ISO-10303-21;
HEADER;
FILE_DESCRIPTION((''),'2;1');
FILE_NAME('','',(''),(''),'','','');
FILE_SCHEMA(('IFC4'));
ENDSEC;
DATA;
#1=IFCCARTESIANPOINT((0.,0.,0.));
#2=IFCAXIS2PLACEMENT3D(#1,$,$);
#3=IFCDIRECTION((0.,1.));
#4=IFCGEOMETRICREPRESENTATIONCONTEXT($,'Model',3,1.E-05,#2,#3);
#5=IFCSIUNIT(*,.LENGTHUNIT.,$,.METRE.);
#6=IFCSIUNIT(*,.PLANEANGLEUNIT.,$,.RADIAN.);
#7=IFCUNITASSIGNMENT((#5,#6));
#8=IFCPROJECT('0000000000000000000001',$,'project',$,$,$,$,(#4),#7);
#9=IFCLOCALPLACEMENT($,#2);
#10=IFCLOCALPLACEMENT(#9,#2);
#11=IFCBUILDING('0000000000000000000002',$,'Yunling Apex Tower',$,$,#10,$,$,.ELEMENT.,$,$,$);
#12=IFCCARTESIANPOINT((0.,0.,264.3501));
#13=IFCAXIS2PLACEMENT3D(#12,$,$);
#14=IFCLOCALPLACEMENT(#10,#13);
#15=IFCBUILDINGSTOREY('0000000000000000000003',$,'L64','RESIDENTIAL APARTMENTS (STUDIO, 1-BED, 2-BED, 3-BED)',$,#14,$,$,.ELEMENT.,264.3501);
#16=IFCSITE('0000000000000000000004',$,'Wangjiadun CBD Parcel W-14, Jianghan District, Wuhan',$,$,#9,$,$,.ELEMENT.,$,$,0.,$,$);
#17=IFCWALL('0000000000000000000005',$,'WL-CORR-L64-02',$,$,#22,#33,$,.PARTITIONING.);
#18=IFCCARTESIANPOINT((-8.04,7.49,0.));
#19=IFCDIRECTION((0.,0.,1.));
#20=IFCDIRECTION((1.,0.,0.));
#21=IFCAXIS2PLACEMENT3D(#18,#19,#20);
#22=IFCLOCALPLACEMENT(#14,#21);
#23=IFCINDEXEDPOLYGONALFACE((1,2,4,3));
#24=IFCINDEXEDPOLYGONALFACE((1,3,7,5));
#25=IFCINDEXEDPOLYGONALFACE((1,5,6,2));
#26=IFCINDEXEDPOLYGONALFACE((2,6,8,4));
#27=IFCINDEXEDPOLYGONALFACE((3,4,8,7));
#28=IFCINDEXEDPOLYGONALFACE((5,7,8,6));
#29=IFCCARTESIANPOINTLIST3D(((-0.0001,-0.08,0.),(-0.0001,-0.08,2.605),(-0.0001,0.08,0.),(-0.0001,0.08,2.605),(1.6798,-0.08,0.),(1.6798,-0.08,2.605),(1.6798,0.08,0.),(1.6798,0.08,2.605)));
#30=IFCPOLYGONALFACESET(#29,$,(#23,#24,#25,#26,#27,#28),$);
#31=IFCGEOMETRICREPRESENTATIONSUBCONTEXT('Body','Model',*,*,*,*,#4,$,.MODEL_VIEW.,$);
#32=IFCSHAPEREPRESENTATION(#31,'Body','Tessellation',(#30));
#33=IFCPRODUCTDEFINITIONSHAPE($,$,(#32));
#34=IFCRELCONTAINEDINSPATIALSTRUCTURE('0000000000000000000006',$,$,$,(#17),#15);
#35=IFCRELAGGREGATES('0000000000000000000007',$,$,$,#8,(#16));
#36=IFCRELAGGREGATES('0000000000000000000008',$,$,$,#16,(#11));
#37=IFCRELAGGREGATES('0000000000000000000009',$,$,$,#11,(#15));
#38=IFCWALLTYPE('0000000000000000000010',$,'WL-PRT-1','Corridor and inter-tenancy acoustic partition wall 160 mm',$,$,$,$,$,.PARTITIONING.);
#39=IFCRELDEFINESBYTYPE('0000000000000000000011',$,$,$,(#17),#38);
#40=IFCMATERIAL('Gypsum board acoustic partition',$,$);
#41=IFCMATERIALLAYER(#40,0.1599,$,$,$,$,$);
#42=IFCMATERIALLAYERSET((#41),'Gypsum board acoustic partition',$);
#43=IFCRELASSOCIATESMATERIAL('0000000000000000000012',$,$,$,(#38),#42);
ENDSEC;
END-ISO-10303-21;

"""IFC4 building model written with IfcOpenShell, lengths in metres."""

from ifc_helpers import new_model, si_unit, direction, frame, frame_2d, origin, place, context, subcontext, project, spatial, rectangle, extrude, material, layer, layer_set, type_object, element, save


model = new_model("IFC4")

# Units and contexts
model_context = context("Model", 3, precision=1e-05, world=origin(), true_north=direction((0.0, 1.0)))
body_context = subcontext(model_context, "Body", "Model", "MODEL_VIEW")
ifc_project = project(units=[si_unit("LENGTHUNIT", "METRE"), si_unit("PLANEANGLEUNIT", "RADIAN")], contexts=[model_context])

# Site, building, storey
site_placement = place(None, origin())
site = spatial("IfcSite", under=ifc_project, at=site_placement, Name="Wangjiadun CBD Parcel W-14, Jianghan District, Wuhan", CompositionType="ELEMENT", RefElevation=0.0)
building_placement = place(site_placement, origin())
building = spatial("IfcBuilding", under=site, at=building_placement, Name="Yunling Apex Tower", CompositionType="ELEMENT")
storey_placement = place(building_placement, frame((0.0, 0.0, 264.3501)))
storey = spatial("IfcBuildingStorey", under=building, at=storey_placement, Name="L64", Description="RESIDENTIAL APARTMENTS (STUDIO, 1-BED, 2-BED, 3-BED)", CompositionType="ELEMENT", Elevation=264.3501)

# Shared definitions
ifc_material_1 = material(Name="Gypsum board acoustic partition")
ifc_layer_1 = layer(ifc_material_1, 0.1599)
ifc_layer_set_1 = layer_set([ifc_layer_1], Name="Gypsum board acoustic partition")
wall_type = type_object("IfcWallType", Name="WL-PRT-1", Description="Corridor and inter-tenancy acoustic partition wall 160 mm", PredefinedType="PARTITIONING", material=ifc_layer_set_1)

# Wall
wall_1_placement = place(storey_placement, frame((-8.04, 7.49, 0.0), z_axis=(0.0, 0.0, 1.0), x_axis=(1.0, 0.0, 0.0)))
element("IfcWall", 1, at=wall_1_placement, inside=storey, type_object=wall_type, Name="WL-CORR-L64-02", PredefinedType="PARTITIONING", context=body_context, shape_type="SweptSolid", body=[
    extrude(rectangle(XDim=1.6799, YDim=0.1599, at=frame_2d((0.8398, 0.0))), origin(), (0.0, 0.0, 1.0), 2.605),
])

save(model, "model.ifc")
